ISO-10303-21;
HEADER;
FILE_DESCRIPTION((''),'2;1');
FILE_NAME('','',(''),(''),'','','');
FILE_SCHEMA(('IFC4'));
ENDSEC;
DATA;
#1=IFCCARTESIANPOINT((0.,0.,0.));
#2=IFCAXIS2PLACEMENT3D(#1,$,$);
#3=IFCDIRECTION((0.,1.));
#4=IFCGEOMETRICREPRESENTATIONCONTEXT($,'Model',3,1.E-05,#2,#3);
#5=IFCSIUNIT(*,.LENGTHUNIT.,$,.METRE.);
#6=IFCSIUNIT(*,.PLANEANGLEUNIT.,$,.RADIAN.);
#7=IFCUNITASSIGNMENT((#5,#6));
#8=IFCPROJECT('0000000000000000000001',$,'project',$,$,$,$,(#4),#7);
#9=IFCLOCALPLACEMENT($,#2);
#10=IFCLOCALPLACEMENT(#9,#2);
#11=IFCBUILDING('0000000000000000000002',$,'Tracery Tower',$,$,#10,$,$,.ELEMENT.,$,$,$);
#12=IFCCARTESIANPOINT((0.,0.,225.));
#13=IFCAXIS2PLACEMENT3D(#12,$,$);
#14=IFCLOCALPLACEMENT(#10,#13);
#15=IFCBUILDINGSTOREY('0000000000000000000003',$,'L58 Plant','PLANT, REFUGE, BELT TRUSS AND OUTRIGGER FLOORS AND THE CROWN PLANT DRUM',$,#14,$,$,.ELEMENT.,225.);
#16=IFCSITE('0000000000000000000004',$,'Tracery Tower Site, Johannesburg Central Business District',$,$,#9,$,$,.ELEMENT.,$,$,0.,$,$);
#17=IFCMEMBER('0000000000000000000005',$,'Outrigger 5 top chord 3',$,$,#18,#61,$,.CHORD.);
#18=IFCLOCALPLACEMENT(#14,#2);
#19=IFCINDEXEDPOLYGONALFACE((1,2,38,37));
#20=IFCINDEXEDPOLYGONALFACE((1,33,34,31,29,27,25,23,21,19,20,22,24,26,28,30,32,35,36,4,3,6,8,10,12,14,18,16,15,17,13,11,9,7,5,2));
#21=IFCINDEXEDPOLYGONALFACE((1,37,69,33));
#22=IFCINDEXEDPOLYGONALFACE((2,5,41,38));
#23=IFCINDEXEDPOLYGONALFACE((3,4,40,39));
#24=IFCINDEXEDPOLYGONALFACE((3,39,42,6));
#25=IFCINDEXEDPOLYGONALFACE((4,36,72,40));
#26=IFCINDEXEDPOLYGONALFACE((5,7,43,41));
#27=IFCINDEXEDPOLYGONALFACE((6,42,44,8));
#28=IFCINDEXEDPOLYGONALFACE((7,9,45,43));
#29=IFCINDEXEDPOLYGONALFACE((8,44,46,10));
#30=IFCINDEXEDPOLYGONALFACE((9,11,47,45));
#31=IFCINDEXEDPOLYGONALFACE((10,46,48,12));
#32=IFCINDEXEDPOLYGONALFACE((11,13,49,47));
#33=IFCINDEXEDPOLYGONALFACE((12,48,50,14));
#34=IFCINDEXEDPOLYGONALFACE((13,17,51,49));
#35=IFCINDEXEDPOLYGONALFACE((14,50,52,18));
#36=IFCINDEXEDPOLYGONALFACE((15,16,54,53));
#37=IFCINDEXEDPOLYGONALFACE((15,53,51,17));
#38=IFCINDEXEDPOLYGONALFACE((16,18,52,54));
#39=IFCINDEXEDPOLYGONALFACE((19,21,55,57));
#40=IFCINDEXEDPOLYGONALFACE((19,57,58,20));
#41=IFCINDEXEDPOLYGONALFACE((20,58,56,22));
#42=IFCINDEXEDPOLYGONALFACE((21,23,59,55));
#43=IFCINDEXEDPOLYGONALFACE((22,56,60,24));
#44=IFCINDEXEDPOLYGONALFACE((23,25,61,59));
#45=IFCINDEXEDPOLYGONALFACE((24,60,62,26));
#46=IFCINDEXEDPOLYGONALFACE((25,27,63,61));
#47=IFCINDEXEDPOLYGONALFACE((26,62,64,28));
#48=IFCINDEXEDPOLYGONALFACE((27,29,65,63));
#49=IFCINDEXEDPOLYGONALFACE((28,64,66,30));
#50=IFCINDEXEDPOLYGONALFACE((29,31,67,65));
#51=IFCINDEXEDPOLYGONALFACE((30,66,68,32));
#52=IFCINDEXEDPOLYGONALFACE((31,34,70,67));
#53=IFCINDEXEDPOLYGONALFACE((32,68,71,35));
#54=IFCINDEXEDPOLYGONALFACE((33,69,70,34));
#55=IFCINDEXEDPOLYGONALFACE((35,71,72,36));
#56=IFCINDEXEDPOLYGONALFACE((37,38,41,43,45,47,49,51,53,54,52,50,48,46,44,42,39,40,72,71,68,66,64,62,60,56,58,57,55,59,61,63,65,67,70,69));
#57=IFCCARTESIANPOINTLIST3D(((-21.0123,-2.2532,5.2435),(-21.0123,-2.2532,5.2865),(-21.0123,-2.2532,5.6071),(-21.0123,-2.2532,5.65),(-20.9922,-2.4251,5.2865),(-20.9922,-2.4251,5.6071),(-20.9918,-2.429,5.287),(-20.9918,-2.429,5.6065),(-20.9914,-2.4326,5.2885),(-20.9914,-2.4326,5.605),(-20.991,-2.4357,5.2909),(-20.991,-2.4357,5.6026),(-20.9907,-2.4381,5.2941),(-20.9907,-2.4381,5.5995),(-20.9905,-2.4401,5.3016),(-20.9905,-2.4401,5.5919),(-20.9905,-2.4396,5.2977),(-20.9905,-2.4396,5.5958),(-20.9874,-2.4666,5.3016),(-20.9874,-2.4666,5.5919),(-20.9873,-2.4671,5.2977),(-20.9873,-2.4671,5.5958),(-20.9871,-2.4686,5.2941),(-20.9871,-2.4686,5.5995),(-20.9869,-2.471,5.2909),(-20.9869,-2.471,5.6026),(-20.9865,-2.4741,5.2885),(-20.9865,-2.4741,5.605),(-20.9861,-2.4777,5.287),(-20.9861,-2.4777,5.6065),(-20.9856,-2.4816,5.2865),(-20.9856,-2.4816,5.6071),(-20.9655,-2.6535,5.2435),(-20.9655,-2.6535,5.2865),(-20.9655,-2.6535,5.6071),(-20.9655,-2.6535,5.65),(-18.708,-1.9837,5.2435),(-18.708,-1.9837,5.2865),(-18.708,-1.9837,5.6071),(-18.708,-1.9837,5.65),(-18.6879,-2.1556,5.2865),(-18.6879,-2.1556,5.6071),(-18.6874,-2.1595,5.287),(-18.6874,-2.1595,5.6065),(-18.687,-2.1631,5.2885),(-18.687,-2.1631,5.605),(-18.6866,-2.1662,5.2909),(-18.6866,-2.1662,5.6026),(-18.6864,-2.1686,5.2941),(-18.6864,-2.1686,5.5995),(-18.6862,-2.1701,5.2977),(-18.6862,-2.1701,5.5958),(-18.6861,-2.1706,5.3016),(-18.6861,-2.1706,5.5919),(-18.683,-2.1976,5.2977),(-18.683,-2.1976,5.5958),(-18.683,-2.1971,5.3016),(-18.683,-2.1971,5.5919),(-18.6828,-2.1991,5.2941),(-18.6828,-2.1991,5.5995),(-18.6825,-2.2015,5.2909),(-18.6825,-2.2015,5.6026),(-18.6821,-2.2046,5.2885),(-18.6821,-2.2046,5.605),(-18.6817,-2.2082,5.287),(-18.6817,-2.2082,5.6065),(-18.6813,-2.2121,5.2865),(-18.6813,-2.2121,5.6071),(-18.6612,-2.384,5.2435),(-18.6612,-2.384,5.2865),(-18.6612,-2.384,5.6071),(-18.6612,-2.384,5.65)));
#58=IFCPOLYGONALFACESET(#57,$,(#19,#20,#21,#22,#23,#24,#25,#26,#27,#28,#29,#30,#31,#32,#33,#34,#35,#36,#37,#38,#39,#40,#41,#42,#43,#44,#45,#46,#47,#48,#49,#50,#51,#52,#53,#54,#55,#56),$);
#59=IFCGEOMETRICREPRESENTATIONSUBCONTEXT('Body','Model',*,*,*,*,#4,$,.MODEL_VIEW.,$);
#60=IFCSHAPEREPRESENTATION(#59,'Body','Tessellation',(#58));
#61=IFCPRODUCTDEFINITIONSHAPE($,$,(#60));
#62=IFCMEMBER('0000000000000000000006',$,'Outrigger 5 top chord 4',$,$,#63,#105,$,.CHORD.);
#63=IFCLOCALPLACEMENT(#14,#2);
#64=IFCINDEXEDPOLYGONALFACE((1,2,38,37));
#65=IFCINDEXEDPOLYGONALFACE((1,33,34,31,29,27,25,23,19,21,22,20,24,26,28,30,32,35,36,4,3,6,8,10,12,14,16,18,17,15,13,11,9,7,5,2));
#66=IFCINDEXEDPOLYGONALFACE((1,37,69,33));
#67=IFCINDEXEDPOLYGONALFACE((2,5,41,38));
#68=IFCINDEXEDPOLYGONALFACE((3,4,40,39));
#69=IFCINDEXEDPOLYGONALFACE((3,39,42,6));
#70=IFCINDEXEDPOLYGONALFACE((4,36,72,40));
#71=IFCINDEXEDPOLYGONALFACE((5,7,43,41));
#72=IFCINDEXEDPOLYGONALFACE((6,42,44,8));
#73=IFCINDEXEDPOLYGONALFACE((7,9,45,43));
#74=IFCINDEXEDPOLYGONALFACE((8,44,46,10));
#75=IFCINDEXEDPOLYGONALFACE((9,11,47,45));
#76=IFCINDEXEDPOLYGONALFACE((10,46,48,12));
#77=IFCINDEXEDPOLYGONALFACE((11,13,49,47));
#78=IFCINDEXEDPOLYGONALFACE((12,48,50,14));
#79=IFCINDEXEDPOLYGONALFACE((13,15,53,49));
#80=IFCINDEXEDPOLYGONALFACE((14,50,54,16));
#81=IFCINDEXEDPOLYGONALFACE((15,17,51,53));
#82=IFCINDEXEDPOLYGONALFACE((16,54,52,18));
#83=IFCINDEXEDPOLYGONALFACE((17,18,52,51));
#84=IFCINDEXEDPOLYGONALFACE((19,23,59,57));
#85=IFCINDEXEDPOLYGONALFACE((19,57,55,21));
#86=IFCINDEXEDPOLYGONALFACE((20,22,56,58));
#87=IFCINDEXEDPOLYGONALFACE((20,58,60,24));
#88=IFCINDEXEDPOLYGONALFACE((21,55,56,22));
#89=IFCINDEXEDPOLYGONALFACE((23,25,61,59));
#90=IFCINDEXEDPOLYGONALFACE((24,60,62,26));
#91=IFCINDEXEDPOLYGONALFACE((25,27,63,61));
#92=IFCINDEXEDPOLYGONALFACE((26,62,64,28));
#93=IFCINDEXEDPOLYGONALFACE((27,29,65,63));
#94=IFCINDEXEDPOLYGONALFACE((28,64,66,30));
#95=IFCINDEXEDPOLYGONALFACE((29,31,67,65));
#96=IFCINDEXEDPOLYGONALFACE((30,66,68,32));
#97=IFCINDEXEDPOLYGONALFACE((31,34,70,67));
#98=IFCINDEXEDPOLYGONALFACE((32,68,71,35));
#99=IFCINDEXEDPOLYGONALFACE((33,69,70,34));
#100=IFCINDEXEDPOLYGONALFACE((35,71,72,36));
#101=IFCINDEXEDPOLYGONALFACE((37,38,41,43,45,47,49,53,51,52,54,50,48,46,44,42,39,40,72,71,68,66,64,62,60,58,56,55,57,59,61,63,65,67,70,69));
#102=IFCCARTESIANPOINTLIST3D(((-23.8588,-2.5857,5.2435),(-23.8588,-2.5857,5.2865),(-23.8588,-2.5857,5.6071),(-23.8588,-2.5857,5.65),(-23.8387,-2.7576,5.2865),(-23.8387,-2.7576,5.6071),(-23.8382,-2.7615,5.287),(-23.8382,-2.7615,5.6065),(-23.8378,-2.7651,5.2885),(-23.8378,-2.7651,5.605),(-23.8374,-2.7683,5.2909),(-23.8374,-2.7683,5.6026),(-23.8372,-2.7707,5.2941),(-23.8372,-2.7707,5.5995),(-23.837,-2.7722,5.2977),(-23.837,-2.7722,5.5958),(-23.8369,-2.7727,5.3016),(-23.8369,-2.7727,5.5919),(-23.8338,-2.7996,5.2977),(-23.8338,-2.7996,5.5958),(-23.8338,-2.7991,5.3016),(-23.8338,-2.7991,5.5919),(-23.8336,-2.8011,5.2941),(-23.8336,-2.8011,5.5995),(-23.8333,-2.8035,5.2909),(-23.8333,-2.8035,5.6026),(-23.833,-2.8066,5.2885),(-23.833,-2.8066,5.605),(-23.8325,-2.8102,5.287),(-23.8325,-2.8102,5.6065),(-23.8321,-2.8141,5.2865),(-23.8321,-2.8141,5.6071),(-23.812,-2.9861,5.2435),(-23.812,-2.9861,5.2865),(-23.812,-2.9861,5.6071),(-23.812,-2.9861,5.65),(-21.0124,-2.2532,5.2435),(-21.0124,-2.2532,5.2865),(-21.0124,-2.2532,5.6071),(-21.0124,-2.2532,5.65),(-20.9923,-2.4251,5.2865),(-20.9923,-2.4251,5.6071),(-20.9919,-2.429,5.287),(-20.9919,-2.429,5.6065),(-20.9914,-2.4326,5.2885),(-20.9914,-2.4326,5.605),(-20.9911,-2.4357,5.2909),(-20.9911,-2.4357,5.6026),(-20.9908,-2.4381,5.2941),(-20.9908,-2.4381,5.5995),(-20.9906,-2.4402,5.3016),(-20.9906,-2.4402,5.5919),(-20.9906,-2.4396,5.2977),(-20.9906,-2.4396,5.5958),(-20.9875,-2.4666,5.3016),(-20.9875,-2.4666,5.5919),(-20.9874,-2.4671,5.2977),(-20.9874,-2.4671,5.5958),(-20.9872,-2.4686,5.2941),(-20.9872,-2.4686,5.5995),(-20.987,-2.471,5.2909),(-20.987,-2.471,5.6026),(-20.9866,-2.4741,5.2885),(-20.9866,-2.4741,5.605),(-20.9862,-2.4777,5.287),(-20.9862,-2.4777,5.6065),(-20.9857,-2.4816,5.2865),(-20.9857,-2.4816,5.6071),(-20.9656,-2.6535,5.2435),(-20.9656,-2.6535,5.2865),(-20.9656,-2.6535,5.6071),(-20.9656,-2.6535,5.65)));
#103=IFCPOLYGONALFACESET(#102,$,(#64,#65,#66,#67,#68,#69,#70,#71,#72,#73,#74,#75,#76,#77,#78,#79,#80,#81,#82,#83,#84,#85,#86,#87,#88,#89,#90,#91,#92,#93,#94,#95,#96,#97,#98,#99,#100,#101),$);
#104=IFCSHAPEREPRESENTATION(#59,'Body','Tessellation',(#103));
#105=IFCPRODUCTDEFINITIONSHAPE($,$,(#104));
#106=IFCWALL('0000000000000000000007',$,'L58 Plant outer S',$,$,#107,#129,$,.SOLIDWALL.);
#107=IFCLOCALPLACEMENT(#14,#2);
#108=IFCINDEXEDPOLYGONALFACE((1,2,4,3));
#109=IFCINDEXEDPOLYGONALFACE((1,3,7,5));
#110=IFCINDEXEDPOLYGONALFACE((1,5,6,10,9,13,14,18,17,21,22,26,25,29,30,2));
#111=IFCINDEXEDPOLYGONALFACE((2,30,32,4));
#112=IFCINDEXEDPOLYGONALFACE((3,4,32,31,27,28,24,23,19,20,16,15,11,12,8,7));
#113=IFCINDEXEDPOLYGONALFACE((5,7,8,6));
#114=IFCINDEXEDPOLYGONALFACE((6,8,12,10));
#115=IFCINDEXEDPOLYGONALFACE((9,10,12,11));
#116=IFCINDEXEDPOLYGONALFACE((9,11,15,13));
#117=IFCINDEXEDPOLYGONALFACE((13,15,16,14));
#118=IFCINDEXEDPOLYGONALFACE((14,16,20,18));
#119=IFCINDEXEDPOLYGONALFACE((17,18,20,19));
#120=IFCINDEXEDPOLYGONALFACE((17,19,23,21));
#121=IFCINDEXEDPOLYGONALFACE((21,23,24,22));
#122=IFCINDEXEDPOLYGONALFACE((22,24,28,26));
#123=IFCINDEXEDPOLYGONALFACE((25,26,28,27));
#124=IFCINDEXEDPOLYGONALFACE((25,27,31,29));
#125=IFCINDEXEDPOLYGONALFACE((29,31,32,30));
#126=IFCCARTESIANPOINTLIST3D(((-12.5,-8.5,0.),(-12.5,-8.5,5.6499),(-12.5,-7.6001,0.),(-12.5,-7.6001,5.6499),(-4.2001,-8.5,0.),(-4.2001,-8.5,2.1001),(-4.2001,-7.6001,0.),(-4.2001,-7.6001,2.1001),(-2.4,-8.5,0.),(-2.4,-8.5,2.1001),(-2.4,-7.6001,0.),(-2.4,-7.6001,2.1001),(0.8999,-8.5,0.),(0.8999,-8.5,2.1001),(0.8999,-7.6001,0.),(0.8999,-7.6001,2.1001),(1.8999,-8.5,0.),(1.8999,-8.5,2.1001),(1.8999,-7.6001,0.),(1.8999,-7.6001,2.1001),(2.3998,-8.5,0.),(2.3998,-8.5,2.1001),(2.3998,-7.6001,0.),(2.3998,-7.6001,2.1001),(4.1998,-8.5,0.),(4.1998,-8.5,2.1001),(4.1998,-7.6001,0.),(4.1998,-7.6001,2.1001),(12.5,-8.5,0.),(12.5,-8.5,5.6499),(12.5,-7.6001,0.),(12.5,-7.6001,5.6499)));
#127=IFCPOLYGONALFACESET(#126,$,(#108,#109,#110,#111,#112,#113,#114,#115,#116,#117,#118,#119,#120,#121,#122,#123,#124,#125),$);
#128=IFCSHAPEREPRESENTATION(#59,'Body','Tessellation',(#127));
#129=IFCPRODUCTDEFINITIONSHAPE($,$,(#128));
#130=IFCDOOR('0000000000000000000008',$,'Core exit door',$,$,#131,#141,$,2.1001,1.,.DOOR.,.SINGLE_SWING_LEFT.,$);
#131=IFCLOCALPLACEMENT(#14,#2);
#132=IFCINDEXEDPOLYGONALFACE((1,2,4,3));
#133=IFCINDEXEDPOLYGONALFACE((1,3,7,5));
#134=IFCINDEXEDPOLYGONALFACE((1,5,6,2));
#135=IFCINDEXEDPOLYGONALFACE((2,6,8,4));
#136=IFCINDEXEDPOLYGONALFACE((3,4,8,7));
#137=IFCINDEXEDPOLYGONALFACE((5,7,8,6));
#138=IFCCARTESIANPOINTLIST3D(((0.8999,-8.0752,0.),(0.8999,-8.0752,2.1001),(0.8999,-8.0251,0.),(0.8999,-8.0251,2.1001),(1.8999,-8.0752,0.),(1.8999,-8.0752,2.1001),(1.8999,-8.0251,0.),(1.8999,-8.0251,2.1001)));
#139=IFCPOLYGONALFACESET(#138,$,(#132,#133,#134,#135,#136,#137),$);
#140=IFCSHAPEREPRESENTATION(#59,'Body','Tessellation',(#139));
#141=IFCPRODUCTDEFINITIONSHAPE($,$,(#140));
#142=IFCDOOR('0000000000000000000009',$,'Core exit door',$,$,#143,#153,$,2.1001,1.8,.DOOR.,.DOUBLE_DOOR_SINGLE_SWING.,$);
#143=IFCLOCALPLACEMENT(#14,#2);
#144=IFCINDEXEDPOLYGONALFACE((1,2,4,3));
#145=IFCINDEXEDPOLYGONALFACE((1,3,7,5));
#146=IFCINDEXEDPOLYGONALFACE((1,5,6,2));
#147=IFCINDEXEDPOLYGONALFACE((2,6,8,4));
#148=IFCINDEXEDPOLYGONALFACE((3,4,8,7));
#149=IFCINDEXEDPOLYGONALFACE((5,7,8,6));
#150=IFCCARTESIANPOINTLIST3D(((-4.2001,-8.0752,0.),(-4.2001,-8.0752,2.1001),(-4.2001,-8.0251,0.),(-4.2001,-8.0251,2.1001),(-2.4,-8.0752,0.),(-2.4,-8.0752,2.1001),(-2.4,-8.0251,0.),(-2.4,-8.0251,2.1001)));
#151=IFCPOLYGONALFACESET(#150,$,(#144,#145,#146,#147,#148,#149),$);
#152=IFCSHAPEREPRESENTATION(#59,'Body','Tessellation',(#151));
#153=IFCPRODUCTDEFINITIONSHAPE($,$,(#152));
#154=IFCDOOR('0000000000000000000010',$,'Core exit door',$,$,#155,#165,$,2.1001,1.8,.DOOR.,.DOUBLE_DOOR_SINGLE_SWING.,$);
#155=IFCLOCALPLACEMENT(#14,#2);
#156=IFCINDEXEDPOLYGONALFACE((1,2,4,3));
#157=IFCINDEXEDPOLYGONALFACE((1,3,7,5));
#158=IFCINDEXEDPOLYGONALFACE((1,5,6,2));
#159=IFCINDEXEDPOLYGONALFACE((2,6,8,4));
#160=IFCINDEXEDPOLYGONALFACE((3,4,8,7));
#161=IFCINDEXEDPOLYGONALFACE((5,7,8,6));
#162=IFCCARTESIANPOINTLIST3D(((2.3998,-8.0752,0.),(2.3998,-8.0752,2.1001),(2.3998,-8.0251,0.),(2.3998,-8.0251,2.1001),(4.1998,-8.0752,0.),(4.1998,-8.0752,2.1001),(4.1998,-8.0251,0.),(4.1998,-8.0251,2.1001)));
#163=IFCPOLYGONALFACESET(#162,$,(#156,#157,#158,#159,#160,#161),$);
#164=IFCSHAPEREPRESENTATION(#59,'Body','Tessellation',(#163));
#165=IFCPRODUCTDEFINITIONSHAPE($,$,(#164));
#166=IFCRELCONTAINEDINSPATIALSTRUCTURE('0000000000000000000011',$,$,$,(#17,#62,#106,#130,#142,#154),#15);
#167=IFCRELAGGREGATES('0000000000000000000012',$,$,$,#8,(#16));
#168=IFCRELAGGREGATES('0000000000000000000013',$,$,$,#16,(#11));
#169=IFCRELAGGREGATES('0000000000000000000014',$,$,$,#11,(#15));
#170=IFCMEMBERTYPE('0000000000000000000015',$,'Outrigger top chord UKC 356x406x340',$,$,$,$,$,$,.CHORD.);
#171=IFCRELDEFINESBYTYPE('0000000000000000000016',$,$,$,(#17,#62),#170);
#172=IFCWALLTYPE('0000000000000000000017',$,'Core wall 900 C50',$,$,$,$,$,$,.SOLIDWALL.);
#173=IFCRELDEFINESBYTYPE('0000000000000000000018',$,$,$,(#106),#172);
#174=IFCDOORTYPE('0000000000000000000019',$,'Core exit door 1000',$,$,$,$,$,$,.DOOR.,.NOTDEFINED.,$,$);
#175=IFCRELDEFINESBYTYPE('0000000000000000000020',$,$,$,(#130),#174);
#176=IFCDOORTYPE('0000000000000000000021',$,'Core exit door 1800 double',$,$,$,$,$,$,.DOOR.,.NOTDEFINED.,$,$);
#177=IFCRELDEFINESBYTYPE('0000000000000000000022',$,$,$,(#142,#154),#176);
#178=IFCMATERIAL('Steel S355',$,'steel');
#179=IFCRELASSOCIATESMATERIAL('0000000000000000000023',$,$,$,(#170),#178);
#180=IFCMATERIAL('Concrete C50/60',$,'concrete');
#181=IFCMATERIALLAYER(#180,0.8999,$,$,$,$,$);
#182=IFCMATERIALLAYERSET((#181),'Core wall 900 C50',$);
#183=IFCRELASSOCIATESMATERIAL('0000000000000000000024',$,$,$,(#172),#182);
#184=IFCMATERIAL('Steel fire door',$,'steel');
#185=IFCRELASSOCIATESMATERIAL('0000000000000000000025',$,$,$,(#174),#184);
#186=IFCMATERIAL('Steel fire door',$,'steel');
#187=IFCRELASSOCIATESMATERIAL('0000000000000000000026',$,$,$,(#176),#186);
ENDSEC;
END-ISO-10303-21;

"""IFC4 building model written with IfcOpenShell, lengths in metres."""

from ifc_helpers import new_model, si_unit, direction, frame, frame_2d, origin, origin_2d, place, context, subcontext, project, spatial, rectangle, i_section, extrude, material, layer, layer_set, material_profile, profile_set, type_object, element, fill, save


model = new_model("IFC4")

# Units and contexts
model_context = context("Model", 3, precision=1e-05, world=origin(), true_north=direction((0.0, 1.0)))
body_context = subcontext(model_context, "Body", "Model", "MODEL_VIEW")
ifc_project = project(units=[si_unit("LENGTHUNIT", "METRE"), si_unit("PLANEANGLEUNIT", "RADIAN")], contexts=[model_context])

# Site, building, storey
site_placement = place(None, origin())
site = spatial("IfcSite", under=ifc_project, at=site_placement, Name="Tracery Tower Site, Johannesburg Central Business District", CompositionType="ELEMENT", RefElevation=0.0)
building_placement = place(site_placement, origin())
building = spatial("IfcBuilding", under=site, at=building_placement, Name="Tracery Tower", CompositionType="ELEMENT")
storey_placement = place(building_placement, frame((0.0, 0.0, 225.0)))
storey = spatial("IfcBuildingStorey", under=building, at=storey_placement, Name="L58 Plant", Description="PLANT, REFUGE, BELT TRUSS AND OUTRIGGER FLOORS AND THE CROWN PLANT DRUM", CompositionType="ELEMENT", Elevation=225.0)

# Members
ifc_material_1 = material(Name="Steel S355", Category="steel")
ifc_material_profile_1 = material_profile(ifc_material_1, i_section(OverallWidth=0.4031, OverallDepth=0.4065, WebThickness=0.0266, FlangeThickness=0.043, FilletRadius=0.0151, at=origin_2d()), Name="UKC 356x406x340")
ifc_profile_set_1 = profile_set([ifc_material_profile_1], Name="Steel S355")
member_type_1 = type_object("IfcMemberType", Name="Outrigger top chord UKC 356x406x340", PredefinedType="CHORD", material=ifc_profile_set_1)
member_1_placement = place(storey_placement, frame((-18.6846, -2.1838, 5.4468), z_axis=(-0.993229, -0.11617, 0.0), x_axis=(0.11617, -0.993229, 0.0)))
element("IfcMember", 1, at=member_1_placement, inside=storey, type_object=member_type_1, Name="Outrigger 5 top chord 3", PredefinedType="CHORD", context=body_context, shape_type="SweptSolid", body=[
    extrude(i_section(OverallWidth=0.4031, OverallDepth=0.4065, WebThickness=0.0266, FlangeThickness=0.043, FilletRadius=0.0151, at=origin_2d()), origin(), (0.0, 0.0, 1.0), 2.3201),
])
member_2_placement = place(storey_placement, frame((-20.989, -2.4534, 5.4468), z_axis=(-0.993246, -0.116031, 0.0), x_axis=(0.116031, -0.993246, 0.0)))
element("IfcMember", 2, at=member_2_placement, inside=storey, type_object=member_type_1, Name="Outrigger 5 top chord 4", PredefinedType="CHORD", context=body_context, shape_type="SweptSolid", body=[
    extrude(i_section(OverallWidth=0.4031, OverallDepth=0.4065, WebThickness=0.0266, FlangeThickness=0.043, FilletRadius=0.0151, at=origin_2d()), origin(), (0.0, 0.0, 1.0), 2.8657),
])

# Wall, openings, doors
ifc_material_2 = material(Name="Concrete C50/60", Category="concrete")
ifc_layer_1 = layer(ifc_material_2, 0.8999)
ifc_layer_set_1 = layer_set([ifc_layer_1], Name="Core wall 900 C50")
wall_type_1 = type_object("IfcWallType", Name="Core wall 900 C50", PredefinedType="SOLIDWALL", material=ifc_layer_set_1)
wall_1_placement = place(storey_placement, frame((-12.5, -8.05, 0.0), z_axis=(0.0, 0.0, 1.0), x_axis=(1.0, 0.0, 0.0)))
wall_1 = element("IfcWall", 3, at=wall_1_placement, inside=storey, type_object=wall_type_1, Name="L58 Plant outer S", PredefinedType="SOLIDWALL", context=body_context, shape_type="SweptSolid", body=[
    extrude(rectangle(XDim=25.0, YDim=0.8999, at=frame_2d((12.5, 0.0))), origin(), (0.0, 0.0, 1.0), 5.6499),
])
opening_1_placement = place(wall_1_placement, frame((13.3999, 0.0, 0.0)))
opening_1 = element("IfcOpeningElement", 4, at=opening_1_placement, cuts=wall_1, PredefinedType="OPENING", context=body_context, shape_type="SweptSolid", body=[
    extrude(rectangle(XDim=1.0, YDim=2.1001, at=frame_2d((0.5, 1.05))), frame((0.0, 0.45, 0.0), z_axis=(0.0, -1.0, 0.0), x_axis=(1.0, 0.0, 0.0)), (0.0, 0.0, 1.0), 0.8999),
])
opening_2_placement = place(wall_1_placement, frame((8.3, 0.0, 0.0)))
opening_2 = element("IfcOpeningElement", 5, at=opening_2_placement, cuts=wall_1, PredefinedType="OPENING", context=body_context, shape_type="SweptSolid", body=[
    extrude(rectangle(XDim=1.8, YDim=2.1001, at=frame_2d((0.8999, 1.05))), frame((0.0, 0.45, 0.0), z_axis=(0.0, -1.0, 0.0), x_axis=(1.0, 0.0, 0.0)), (0.0, 0.0, 1.0), 0.8999),
])
opening_3_placement = place(wall_1_placement, frame((14.8999, 0.0, 0.0)))
opening_3 = element("IfcOpeningElement", 6, at=opening_3_placement, cuts=wall_1, PredefinedType="OPENING", context=body_context, shape_type="SweptSolid", body=[
    extrude(rectangle(XDim=1.8, YDim=2.1001, at=frame_2d((0.8999, 1.05))), frame((0.0, 0.45, 0.0), z_axis=(0.0, -1.0, 0.0), x_axis=(1.0, 0.0, 0.0)), (0.0, 0.0, 1.0), 0.8999),
])
ifc_material_3 = material(Name="Steel fire door", Category="steel")
door_type_1 = type_object("IfcDoorType", Name="Core exit door 1000", OperationType="NOTDEFINED", PredefinedType="DOOR", material=ifc_material_3)
door_1_placement = place(opening_1_placement, origin())
door_1 = element("IfcDoor", 7, at=door_1_placement, inside=storey, type_object=door_type_1, Name="Core exit door", OperationType="SINGLE_SWING_LEFT", OverallHeight=2.1001, OverallWidth=1.0, PredefinedType="DOOR", context=body_context, shape_type="SweptSolid", body=[
    extrude(rectangle(XDim=1.0, YDim=2.1001, at=frame_2d((0.5, 1.05))), frame((0.0, 0.0249, 0.0), z_axis=(0.0, -1.0, 0.0), x_axis=(1.0, 0.0, 0.0)), (0.0, 0.0, 1.0), 0.05),
])
fill(opening_1, door_1)
ifc_material_4 = material(Name="Steel fire door", Category="steel")
door_type_2 = type_object("IfcDoorType", Name="Core exit door 1800 double", OperationType="NOTDEFINED", PredefinedType="DOOR", material=ifc_material_4)
door_2_placement = place(opening_2_placement, origin())
door_2 = element("IfcDoor", 8, at=door_2_placement, inside=storey, type_object=door_type_2, Name="Core exit door", OperationType="DOUBLE_DOOR_SINGLE_SWING", OverallHeight=2.1001, OverallWidth=1.8, PredefinedType="DOOR", context=body_context, shape_type="SweptSolid", body=[
    extrude(rectangle(XDim=1.8, YDim=2.1001, at=frame_2d((0.8999, 1.05))), frame((0.0, 0.0249, 0.0), z_axis=(0.0, -1.0, 0.0), x_axis=(1.0, 0.0, 0.0)), (0.0, 0.0, 1.0), 0.05),
])
fill(opening_2, door_2)
door_3_placement = place(opening_3_placement, origin())
door_3 = element("IfcDoor", 9, at=door_3_placement, inside=storey, type_object=door_type_2, Name="Core exit door", OperationType="DOUBLE_DOOR_SINGLE_SWING", OverallHeight=2.1001, OverallWidth=1.8, PredefinedType="DOOR", context=body_context, shape_type="SweptSolid", body=[
    extrude(rectangle(XDim=1.8, YDim=2.1001, at=frame_2d((0.8999, 1.05))), frame((0.0, 0.0249, 0.0), z_axis=(0.0, -1.0, 0.0), x_axis=(1.0, 0.0, 0.0)), (0.0, 0.0, 1.0), 0.05),
])
fill(opening_3, door_3)

save(model, "model.ifc")
